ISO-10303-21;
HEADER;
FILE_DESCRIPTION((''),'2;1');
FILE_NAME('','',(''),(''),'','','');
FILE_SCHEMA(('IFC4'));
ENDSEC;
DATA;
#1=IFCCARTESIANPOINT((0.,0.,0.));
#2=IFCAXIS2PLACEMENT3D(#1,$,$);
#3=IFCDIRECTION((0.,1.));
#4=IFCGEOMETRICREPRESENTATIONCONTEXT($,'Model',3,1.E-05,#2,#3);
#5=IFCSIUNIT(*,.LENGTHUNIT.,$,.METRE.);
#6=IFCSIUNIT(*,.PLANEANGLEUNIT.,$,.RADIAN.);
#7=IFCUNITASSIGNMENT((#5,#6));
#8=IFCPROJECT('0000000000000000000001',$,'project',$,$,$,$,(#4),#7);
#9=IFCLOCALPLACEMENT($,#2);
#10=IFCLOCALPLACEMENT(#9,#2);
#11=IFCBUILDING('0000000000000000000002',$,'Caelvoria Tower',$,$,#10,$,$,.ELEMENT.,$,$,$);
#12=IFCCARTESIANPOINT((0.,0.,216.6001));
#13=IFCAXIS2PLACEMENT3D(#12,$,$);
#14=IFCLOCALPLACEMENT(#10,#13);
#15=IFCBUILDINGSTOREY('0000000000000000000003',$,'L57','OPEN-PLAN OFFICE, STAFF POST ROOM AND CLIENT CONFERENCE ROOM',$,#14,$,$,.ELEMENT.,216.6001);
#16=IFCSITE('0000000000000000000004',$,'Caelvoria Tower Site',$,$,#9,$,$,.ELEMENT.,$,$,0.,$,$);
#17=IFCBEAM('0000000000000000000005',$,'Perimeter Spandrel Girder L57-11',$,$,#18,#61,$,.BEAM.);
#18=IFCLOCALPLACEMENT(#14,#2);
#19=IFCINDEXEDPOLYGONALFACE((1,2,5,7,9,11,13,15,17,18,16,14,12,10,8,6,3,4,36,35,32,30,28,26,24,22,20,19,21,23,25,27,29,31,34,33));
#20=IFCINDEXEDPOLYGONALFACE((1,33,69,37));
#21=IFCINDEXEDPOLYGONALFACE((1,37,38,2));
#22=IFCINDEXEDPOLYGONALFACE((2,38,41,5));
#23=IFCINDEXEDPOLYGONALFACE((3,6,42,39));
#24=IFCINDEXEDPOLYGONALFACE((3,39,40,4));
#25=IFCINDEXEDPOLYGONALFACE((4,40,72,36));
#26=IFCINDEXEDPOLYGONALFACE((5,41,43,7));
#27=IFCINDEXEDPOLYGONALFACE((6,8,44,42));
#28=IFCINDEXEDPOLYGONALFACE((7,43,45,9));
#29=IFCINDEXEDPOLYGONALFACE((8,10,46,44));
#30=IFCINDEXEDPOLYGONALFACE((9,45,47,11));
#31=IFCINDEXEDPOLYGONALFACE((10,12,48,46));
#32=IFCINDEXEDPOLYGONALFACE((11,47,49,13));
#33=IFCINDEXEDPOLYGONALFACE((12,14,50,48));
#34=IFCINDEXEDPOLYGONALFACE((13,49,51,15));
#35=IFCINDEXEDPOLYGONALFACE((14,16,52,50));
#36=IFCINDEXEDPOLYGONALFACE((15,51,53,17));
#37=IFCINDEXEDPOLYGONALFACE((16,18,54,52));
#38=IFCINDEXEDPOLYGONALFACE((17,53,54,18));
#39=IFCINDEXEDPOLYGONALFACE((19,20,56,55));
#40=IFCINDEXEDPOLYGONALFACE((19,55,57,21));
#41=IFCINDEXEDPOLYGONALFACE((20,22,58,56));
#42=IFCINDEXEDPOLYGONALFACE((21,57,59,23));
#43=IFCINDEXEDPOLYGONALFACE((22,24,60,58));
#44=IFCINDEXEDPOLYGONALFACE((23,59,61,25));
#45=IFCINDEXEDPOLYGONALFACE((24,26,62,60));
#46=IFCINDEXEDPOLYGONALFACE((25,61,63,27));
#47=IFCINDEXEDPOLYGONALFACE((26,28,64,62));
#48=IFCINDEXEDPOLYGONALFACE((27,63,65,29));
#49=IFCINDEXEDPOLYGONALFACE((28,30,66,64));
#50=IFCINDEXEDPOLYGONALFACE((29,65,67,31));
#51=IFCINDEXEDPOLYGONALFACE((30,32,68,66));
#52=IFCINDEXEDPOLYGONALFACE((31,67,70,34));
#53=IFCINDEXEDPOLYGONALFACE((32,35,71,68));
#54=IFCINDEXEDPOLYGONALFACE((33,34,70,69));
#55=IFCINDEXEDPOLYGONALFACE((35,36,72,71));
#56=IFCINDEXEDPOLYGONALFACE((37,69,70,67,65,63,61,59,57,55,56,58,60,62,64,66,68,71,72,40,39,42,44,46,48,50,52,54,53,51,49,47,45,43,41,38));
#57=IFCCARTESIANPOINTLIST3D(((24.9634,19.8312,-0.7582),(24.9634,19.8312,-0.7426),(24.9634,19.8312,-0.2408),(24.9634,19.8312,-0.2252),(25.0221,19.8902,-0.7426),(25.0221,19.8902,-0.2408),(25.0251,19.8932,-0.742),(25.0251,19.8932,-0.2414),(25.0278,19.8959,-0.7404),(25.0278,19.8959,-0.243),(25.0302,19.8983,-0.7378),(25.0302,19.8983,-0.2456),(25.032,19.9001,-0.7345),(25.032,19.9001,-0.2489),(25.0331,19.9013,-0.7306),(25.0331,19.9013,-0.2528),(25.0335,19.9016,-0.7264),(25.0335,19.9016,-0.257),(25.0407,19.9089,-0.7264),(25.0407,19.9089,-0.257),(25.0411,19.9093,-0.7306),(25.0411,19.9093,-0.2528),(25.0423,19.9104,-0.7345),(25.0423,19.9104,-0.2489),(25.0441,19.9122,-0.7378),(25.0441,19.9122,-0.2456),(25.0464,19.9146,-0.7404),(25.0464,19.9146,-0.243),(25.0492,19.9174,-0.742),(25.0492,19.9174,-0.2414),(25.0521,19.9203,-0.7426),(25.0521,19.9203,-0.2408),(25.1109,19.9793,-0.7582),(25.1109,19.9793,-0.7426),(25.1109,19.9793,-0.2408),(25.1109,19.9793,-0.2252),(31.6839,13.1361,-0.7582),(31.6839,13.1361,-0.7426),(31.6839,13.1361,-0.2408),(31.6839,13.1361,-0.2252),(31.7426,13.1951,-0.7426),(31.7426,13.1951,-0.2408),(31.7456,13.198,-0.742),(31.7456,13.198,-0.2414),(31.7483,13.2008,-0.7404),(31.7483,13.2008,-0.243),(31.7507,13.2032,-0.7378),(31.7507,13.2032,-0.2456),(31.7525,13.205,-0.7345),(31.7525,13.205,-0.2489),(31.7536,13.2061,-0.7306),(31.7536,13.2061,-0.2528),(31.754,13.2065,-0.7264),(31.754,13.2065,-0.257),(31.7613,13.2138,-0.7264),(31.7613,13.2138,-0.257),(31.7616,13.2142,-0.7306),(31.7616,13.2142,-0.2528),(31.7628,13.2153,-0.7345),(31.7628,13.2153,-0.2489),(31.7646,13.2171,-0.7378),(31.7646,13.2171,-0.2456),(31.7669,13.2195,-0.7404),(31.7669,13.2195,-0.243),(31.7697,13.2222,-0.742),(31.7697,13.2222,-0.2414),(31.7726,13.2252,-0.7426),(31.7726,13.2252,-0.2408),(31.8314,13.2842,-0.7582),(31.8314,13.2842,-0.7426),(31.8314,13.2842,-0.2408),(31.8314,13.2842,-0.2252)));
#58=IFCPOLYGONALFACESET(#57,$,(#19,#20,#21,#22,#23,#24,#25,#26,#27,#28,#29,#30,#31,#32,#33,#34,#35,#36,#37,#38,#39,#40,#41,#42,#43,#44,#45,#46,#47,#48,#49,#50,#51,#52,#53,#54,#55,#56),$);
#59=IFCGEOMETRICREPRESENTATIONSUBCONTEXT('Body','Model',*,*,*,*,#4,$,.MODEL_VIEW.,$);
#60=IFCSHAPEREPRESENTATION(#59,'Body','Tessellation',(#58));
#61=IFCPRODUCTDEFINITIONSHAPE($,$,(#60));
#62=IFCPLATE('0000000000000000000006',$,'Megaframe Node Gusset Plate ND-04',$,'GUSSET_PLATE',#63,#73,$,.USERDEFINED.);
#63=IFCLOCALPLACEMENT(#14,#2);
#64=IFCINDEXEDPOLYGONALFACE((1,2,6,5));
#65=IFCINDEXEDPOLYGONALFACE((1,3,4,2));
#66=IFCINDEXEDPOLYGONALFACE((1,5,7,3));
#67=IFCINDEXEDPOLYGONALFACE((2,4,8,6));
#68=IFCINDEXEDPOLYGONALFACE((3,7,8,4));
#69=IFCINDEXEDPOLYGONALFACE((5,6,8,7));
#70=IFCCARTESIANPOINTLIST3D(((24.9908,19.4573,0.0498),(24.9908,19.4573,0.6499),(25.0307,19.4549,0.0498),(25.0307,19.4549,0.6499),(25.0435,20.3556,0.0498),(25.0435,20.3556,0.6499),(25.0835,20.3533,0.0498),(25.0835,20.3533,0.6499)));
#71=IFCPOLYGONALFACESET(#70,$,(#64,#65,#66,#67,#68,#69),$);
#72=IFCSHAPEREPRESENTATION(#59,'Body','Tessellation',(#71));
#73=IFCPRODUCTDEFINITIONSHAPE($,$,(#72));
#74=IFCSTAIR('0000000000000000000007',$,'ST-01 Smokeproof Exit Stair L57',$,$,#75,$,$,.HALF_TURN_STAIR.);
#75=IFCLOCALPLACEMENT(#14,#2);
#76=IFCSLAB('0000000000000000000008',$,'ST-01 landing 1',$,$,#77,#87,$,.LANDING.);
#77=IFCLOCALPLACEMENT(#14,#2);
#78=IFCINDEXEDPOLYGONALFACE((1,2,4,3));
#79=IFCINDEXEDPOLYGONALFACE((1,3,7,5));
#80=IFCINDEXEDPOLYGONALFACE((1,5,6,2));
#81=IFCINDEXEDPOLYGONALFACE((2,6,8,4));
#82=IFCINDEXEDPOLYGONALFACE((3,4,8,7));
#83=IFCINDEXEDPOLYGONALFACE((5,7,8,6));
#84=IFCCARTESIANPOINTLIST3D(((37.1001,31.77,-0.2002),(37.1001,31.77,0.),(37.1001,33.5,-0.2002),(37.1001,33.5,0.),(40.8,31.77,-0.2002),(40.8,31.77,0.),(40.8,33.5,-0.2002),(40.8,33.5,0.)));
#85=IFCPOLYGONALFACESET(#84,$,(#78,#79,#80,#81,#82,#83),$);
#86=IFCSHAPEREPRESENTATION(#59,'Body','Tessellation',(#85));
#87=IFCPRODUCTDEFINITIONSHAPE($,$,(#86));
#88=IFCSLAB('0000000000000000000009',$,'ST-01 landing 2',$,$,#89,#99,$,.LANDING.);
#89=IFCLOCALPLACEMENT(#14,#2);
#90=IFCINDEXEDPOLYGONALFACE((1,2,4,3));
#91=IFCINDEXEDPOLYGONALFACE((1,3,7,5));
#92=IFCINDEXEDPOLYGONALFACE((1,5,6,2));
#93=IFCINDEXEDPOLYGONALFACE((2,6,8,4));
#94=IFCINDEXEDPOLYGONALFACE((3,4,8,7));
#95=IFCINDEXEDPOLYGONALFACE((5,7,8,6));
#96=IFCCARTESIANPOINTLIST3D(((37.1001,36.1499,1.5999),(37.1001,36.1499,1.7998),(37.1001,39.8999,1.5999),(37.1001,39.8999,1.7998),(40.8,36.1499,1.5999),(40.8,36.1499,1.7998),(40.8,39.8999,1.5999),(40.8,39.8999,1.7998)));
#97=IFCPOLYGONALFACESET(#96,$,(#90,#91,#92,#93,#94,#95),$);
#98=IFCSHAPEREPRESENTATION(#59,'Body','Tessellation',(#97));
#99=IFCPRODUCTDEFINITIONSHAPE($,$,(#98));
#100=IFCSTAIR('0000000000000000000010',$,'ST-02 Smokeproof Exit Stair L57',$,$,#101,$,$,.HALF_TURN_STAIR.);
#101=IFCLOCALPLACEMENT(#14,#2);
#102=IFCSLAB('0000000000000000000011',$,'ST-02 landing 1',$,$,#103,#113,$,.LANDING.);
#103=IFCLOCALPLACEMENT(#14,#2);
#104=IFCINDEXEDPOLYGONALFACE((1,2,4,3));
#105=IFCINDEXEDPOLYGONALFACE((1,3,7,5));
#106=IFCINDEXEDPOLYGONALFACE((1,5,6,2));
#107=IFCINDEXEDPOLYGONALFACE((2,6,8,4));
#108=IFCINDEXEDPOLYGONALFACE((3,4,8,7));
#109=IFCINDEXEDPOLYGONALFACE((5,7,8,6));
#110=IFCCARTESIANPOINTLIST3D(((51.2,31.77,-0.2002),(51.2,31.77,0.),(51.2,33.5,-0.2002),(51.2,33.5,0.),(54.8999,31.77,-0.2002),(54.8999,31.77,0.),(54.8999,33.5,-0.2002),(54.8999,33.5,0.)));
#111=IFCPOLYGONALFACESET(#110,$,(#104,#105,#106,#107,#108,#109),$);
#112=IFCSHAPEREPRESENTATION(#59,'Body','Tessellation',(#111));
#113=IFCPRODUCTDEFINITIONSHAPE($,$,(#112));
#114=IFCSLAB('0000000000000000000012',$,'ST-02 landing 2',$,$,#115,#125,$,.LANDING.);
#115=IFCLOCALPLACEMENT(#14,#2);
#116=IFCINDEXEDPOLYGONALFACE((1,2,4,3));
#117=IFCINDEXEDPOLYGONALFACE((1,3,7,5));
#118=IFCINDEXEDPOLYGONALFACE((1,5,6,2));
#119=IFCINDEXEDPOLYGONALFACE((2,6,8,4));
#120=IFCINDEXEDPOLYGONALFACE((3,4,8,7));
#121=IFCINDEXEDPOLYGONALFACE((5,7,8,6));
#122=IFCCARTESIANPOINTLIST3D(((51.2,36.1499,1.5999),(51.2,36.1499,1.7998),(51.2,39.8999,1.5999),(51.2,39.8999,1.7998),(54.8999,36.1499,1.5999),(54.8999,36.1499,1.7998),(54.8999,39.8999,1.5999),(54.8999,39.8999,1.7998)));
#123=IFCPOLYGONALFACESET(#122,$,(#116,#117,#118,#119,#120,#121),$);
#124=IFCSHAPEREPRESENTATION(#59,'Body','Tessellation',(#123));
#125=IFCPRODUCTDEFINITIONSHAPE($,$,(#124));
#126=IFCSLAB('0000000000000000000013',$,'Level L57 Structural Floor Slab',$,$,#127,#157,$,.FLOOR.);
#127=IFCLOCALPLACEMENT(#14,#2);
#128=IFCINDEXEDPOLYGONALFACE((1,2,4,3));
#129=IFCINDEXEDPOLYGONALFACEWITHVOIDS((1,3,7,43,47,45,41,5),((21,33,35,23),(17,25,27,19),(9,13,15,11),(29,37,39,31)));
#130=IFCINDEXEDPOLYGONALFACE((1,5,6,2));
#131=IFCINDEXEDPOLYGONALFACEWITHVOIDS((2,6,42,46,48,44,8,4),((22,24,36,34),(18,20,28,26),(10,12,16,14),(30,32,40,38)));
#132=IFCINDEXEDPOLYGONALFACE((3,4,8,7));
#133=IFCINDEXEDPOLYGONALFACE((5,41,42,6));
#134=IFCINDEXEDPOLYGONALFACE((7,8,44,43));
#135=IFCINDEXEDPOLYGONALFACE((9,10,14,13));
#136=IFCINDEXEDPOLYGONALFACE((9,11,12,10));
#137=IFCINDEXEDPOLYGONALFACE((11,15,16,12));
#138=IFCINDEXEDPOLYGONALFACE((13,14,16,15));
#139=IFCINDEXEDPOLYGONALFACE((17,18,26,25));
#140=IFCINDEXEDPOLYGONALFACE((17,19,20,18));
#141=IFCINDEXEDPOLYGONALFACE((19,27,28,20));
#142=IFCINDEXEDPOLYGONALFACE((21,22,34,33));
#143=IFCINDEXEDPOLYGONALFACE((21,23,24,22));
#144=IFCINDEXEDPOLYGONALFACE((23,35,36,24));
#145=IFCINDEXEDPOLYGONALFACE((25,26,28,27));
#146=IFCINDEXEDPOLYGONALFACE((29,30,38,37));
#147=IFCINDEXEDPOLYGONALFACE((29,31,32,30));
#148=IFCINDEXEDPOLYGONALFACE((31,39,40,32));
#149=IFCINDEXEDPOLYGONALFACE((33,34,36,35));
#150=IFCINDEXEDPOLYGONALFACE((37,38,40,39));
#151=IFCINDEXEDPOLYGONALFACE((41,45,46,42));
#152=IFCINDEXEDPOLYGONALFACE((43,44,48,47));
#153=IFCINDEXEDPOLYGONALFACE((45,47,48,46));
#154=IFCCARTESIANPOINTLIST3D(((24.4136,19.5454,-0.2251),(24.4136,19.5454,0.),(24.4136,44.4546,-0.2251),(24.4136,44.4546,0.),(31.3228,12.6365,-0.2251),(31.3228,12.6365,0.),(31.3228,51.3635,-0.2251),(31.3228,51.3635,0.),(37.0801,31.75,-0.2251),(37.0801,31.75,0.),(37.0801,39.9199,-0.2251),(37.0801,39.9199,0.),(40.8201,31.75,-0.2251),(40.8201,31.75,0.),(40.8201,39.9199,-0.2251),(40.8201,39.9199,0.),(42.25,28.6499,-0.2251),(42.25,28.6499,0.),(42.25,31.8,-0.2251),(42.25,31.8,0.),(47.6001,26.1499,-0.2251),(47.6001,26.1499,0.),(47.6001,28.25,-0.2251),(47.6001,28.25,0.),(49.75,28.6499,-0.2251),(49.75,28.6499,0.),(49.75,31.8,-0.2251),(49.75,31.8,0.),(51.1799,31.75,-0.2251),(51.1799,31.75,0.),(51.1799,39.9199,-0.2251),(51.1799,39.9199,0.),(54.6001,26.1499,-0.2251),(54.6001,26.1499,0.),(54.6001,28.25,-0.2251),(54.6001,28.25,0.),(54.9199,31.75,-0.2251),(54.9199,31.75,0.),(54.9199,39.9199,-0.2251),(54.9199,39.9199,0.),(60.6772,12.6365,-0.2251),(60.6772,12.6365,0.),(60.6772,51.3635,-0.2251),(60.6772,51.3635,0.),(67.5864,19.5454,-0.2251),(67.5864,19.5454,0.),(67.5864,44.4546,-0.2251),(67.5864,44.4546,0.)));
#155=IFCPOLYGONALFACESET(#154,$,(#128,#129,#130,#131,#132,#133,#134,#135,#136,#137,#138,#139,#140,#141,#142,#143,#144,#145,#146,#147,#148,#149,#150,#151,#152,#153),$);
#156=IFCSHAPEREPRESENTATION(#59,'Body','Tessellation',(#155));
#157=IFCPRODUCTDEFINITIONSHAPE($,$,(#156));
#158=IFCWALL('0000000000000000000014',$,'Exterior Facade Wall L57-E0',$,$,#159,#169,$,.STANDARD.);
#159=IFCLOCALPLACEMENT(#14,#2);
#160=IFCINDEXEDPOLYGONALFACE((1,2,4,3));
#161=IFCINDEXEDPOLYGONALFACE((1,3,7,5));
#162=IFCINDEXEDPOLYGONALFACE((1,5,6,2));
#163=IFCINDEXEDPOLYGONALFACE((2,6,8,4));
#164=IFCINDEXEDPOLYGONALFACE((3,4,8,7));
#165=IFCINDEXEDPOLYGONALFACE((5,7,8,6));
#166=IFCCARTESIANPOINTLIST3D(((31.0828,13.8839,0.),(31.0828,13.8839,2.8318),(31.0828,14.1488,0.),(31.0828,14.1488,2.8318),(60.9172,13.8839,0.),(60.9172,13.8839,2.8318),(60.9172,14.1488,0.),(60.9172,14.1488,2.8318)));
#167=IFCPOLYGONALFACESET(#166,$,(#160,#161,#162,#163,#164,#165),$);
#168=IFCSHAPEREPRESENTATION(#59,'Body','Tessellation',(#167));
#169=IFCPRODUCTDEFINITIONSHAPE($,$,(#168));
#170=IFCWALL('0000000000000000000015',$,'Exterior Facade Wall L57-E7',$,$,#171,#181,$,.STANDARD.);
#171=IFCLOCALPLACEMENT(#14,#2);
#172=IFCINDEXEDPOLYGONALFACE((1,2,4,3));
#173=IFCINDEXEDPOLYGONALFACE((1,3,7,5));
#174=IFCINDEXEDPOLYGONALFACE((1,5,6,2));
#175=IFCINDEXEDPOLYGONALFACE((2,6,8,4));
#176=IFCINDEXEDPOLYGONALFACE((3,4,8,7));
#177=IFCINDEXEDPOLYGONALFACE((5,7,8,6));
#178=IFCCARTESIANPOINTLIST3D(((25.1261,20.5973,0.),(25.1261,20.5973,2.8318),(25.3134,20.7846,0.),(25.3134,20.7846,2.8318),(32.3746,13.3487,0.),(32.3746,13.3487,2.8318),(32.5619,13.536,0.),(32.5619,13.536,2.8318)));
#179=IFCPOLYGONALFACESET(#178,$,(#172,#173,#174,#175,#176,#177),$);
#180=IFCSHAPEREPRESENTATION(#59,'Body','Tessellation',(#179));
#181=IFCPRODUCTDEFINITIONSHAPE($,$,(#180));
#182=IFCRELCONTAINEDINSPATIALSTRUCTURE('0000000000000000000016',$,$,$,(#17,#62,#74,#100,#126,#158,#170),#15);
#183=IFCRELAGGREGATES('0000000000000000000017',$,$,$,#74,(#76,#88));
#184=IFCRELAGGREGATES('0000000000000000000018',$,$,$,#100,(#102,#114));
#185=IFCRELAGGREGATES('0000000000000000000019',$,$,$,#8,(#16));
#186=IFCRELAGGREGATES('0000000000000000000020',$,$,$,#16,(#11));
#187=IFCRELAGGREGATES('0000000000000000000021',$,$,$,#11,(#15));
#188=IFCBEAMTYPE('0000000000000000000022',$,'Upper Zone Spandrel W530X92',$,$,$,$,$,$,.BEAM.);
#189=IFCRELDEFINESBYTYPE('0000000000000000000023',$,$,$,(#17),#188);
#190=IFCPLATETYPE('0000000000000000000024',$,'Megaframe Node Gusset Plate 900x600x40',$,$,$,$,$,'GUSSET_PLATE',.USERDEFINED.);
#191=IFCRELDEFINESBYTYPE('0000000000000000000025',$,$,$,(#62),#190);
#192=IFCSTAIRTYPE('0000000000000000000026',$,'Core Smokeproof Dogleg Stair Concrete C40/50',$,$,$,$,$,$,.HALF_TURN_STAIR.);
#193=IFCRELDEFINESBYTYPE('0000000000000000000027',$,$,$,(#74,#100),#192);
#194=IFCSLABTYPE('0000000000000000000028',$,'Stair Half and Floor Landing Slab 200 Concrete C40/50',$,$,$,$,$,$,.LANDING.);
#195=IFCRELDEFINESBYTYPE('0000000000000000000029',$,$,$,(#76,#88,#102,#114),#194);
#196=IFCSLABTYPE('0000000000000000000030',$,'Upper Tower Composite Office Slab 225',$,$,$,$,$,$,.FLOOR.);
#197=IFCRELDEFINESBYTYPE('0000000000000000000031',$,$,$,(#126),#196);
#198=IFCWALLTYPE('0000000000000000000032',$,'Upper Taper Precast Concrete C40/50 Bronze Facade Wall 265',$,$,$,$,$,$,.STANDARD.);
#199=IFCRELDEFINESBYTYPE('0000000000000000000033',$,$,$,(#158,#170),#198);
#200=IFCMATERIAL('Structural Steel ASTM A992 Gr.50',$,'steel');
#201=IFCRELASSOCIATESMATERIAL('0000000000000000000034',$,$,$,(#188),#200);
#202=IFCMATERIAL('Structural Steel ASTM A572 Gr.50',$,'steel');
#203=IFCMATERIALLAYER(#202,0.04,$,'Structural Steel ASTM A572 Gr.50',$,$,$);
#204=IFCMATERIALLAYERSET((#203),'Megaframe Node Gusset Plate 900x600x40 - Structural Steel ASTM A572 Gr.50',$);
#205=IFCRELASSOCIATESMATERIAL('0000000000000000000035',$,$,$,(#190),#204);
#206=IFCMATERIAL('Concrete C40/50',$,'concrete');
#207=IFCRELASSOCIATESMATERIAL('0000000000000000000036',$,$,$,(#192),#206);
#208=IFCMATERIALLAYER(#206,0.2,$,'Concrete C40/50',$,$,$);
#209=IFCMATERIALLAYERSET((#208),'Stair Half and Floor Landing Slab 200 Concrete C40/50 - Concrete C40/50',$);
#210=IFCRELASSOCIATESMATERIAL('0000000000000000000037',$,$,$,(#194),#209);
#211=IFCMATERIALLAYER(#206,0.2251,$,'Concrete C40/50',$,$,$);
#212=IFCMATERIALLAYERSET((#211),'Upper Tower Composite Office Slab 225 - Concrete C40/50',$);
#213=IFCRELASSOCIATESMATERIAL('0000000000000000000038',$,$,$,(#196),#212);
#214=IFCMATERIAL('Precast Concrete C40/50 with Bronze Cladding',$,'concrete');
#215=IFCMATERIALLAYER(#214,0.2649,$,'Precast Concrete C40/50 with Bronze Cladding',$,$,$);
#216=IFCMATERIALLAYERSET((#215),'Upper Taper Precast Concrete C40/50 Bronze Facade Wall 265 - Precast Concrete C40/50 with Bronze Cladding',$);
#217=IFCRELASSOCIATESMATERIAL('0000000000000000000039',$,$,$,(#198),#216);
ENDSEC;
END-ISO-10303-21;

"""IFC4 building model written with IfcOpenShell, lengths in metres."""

from ifc_helpers import new_model, si_unit, direction, frame, frame_2d, origin, origin_2d, place, context, subcontext, project, spatial, polyline, rectangle, i_section, outline, extrude, material, layer, layer_set, material_profile, profile_set, type_object, element, aggregate, save


model = new_model("IFC4")

# Units and contexts
model_context = context("Model", 3, precision=1e-05, world=origin(), true_north=direction((0.0, 1.0)))
body_context = subcontext(model_context, "Body", "Model", "MODEL_VIEW")
ifc_project = project(units=[si_unit("LENGTHUNIT", "METRE"), si_unit("PLANEANGLEUNIT", "RADIAN")], contexts=[model_context])

# Site, building, storey
site_placement = place(None, origin())
site = spatial("IfcSite", under=ifc_project, at=site_placement, Name="Caelvoria Tower Site", CompositionType="ELEMENT", RefElevation=0.0)
building_placement = place(site_placement, origin())
building = spatial("IfcBuilding", under=site, at=building_placement, Name="Caelvoria Tower", CompositionType="ELEMENT")
storey_placement = place(building_placement, frame((0.0, 0.0, 216.6001)))
storey = spatial("IfcBuildingStorey", under=building, at=storey_placement, Name="L57", Description="OPEN-PLAN OFFICE, STAFF POST ROOM AND CLIENT CONFERENCE ROOM", CompositionType="ELEMENT", Elevation=216.6001)

# Shared definitions
ifc_material_1 = material(Name="Structural Steel ASTM A572 Gr.50", Category="steel")

# Shared definitions
ifc_material_2 = material(Name="Structural Steel ASTM A992 Gr.50", Category="steel")

# Beam
ifc_material_profile_1 = material_profile(ifc_material_2, i_section(OverallWidth=0.209, OverallDepth=0.533, WebThickness=0.0103, FlangeThickness=0.0156, FilletRadius=0.0161, at=origin_2d()), Name="Structural Steel ASTM A992 Gr.50")
ifc_profile_set_1 = profile_set([ifc_material_profile_1], Name="W530X92 - Structural Steel ASTM A992 Gr.50")
beam_type_1 = type_object("IfcBeamType", Name="Upper Zone Spandrel W530X92", PredefinedType="BEAM", material=ifc_profile_set_1)
beam_1_placement = place(storey_placement, frame((25.0371, 19.9053, -0.4917), z_axis=(0.708444, -0.705767, 0.0), x_axis=(0.705767, 0.708444, 0.0)))
element("IfcBeam", 1, at=beam_1_placement, inside=storey, type_object=beam_type_1, Name="Perimeter Spandrel Girder L57-11", PredefinedType="BEAM", context=body_context, shape_type="SweptSolid", body=[
    extrude(i_section(OverallWidth=0.209, OverallDepth=0.533, WebThickness=0.0103, FlangeThickness=0.0156, FilletRadius=0.0161, at=origin_2d()), origin(), (0.0, 0.0, 1.0), 9.4863),
])

# Plate
ifc_layer_1 = layer(ifc_material_1, 0.04, Name="Structural Steel ASTM A572 Gr.50")
ifc_layer_set_1 = layer_set([ifc_layer_1], Name="Megaframe Node Gusset Plate 900x600x40 - Structural Steel ASTM A572 Gr.50")
plate_type = type_object("IfcPlateType", Name="Megaframe Node Gusset Plate 900x600x40", ElementType="GUSSET_PLATE", PredefinedType="USERDEFINED", material=ifc_layer_set_1)
plate_placement = place(storey_placement, frame((25.0371, 19.9053, 0.0498), z_axis=(0.0, 0.0, 1.0), x_axis=(0.058611, 0.998281, 0.0)))
element("IfcPlate", 2, at=plate_placement, inside=storey, type_object=plate_type, Name="Megaframe Node Gusset Plate ND-04", ObjectType="GUSSET_PLATE", PredefinedType="USERDEFINED", context=body_context, shape_type="SweptSolid", body=[
    extrude(rectangle(XDim=0.8999, YDim=0.04, at=origin_2d()), origin(), (0.0, 0.0, 1.0), 0.6001),
])

# Stairs, slabs
ifc_material_3 = material(Name="Concrete C40/50", Category="concrete")
stair_type = type_object("IfcStairType", Name="Core Smokeproof Dogleg Stair Concrete C40/50", PredefinedType="HALF_TURN_STAIR", material=ifc_material_3)
stair_1_placement = place(storey_placement, origin())
stair_1 = element("IfcStair", 3, at=stair_1_placement, inside=storey, type_object=stair_type, Name="ST-01 Smokeproof Exit Stair L57", PredefinedType="HALF_TURN_STAIR")
ifc_layer_2 = layer(ifc_material_3, 0.2, Name="Concrete C40/50")
ifc_layer_set_2 = layer_set([ifc_layer_2], Name="Stair Half and Floor Landing Slab 200 Concrete C40/50 - Concrete C40/50")
slab_type_1 = type_object("IfcSlabType", Name="Stair Half and Floor Landing Slab 200 Concrete C40/50", PredefinedType="LANDING", material=ifc_layer_set_2)
slab_1_placement = place(storey_placement, frame((0.0, 0.0, -0.2002)))
slab_1 = element("IfcSlab", 4, at=slab_1_placement, type_object=slab_type_1, Name="ST-01 landing 1", PredefinedType="LANDING", context=body_context, shape_type="SweptSolid", body=[
    extrude(outline(polyline([(37.1001, 31.77), (40.8, 31.77), (40.8, 33.5), (37.1001, 33.5), (37.1001, 31.77)])), origin(), (0.0, 0.0, 1.0), 0.2002),
])
slab_2_placement = place(storey_placement, frame((0.0, 0.0, 1.5999)))
slab_2 = element("IfcSlab", 5, at=slab_2_placement, type_object=slab_type_1, Name="ST-01 landing 2", PredefinedType="LANDING", context=body_context, shape_type="SweptSolid", body=[
    extrude(outline(polyline([(37.1001, 36.1499), (40.8, 36.1499), (40.8, 39.8999), (37.1001, 39.8999), (37.1001, 36.1499)])), origin(), (0.0, 0.0, 1.0), 0.2),
])
aggregate(stair_1, [slab_1, slab_2])
stair_2_placement = place(storey_placement, origin())
stair_2 = element("IfcStair", 6, at=stair_2_placement, inside=storey, type_object=stair_type, Name="ST-02 Smokeproof Exit Stair L57", PredefinedType="HALF_TURN_STAIR")
slab_3_placement = place(storey_placement, frame((0.0, 0.0, -0.2002)))
slab_3 = element("IfcSlab", 7, at=slab_3_placement, type_object=slab_type_1, Name="ST-02 landing 1", PredefinedType="LANDING", context=body_context, shape_type="SweptSolid", body=[
    extrude(outline(polyline([(51.2, 31.77), (54.8999, 31.77), (54.8999, 33.5), (51.2, 33.5), (51.2, 31.77)])), origin(), (0.0, 0.0, 1.0), 0.2002),
])
slab_4_placement = place(storey_placement, frame((0.0, 0.0, 1.5999)))
slab_4 = element("IfcSlab", 8, at=slab_4_placement, type_object=slab_type_1, Name="ST-02 landing 2", PredefinedType="LANDING", context=body_context, shape_type="SweptSolid", body=[
    extrude(outline(polyline([(51.2, 36.1499), (54.8999, 36.1499), (54.8999, 39.8999), (51.2, 39.8999), (51.2, 36.1499)])), origin(), (0.0, 0.0, 1.0), 0.2),
])
aggregate(stair_2, [slab_3, slab_4])

# Slab
ifc_layer_3 = layer(ifc_material_3, 0.2251, Name="Concrete C40/50")
ifc_layer_set_3 = layer_set([ifc_layer_3], Name="Upper Tower Composite Office Slab 225 - Concrete C40/50")
slab_type_2 = type_object("IfcSlabType", Name="Upper Tower Composite Office Slab 225", PredefinedType="FLOOR", material=ifc_layer_set_3)
slab_5_placement = place(storey_placement, frame((0.0, 0.0, -0.2251)))
element("IfcSlab", 9, at=slab_5_placement, inside=storey, type_object=slab_type_2, Name="Level L57 Structural Floor Slab", PredefinedType="FLOOR", context=body_context, shape_type="SweptSolid", body=[
    extrude(outline(polyline([(31.3228, 12.6365), (60.6772, 12.6365), (67.5864, 19.5454), (67.5864, 44.4546), (60.6772, 51.3635), (31.3228, 51.3635), (24.4136, 44.4546), (24.4136, 19.5454), (31.3228, 12.6365)]), holes=[polyline([(37.0801, 31.75), (40.8201, 31.75), (40.8201, 39.9199), (37.0801, 39.9199), (37.0801, 31.75)]), polyline([(51.1799, 31.75), (54.9199, 31.75), (54.9199, 39.9199), (51.1799, 39.9199), (51.1799, 31.75)]), polyline([(42.25, 28.6499), (49.75, 28.6499), (49.75, 31.8), (42.25, 31.8), (42.25, 28.6499)]), polyline([(47.6001, 26.1499), (54.6001, 26.1499), (54.6001, 28.25), (47.6001, 28.25), (47.6001, 26.1499)])]), origin(), (0.0, 0.0, 1.0), 0.2251),
])

# Walls
ifc_material_4 = material(Name="Precast Concrete C40/50 with Bronze Cladding", Category="concrete")
ifc_layer_4 = layer(ifc_material_4, 0.2649, Name="Precast Concrete C40/50 with Bronze Cladding")
ifc_layer_set_4 = layer_set([ifc_layer_4], Name="Upper Taper Precast Concrete C40/50 Bronze Facade Wall 265 - Precast Concrete C40/50 with Bronze Cladding")
wall_type = type_object("IfcWallType", Name="Upper Taper Precast Concrete C40/50 Bronze Facade Wall 265", PredefinedType="STANDARD", material=ifc_layer_set_4)
wall_1_placement = place(storey_placement, frame((31.0828, 14.0164, 0.0), z_axis=(0.0, 0.0, 1.0), x_axis=(1.0, 0.0, 0.0)))
element("IfcWall", 10, at=wall_1_placement, inside=storey, type_object=wall_type, Name="Exterior Facade Wall L57-E0", PredefinedType="STANDARD", context=body_context, shape_type="SweptSolid", body=[
    extrude(rectangle(XDim=29.8345, YDim=0.2649, at=frame_2d((14.9172, 0.0))), origin(), (0.0, 0.0, 1.0), 2.8318),
])
wall_2_placement = place(storey_placement, frame((25.2197, 20.6909, 0.0), z_axis=(0.0, 0.0, 1.0), x_axis=(0.707107, -0.707107, 0.0)))
element("IfcWall", 11, at=wall_2_placement, inside=storey, type_object=wall_type, Name="Exterior Facade Wall L57-E7", PredefinedType="STANDARD", context=body_context, shape_type="SweptSolid", body=[
    extrude(rectangle(XDim=10.251, YDim=0.2649, at=frame_2d((5.1255, 0.0))), origin(), (0.0, 0.0, 1.0), 2.8318),
])

save(model, "model.ifc")
